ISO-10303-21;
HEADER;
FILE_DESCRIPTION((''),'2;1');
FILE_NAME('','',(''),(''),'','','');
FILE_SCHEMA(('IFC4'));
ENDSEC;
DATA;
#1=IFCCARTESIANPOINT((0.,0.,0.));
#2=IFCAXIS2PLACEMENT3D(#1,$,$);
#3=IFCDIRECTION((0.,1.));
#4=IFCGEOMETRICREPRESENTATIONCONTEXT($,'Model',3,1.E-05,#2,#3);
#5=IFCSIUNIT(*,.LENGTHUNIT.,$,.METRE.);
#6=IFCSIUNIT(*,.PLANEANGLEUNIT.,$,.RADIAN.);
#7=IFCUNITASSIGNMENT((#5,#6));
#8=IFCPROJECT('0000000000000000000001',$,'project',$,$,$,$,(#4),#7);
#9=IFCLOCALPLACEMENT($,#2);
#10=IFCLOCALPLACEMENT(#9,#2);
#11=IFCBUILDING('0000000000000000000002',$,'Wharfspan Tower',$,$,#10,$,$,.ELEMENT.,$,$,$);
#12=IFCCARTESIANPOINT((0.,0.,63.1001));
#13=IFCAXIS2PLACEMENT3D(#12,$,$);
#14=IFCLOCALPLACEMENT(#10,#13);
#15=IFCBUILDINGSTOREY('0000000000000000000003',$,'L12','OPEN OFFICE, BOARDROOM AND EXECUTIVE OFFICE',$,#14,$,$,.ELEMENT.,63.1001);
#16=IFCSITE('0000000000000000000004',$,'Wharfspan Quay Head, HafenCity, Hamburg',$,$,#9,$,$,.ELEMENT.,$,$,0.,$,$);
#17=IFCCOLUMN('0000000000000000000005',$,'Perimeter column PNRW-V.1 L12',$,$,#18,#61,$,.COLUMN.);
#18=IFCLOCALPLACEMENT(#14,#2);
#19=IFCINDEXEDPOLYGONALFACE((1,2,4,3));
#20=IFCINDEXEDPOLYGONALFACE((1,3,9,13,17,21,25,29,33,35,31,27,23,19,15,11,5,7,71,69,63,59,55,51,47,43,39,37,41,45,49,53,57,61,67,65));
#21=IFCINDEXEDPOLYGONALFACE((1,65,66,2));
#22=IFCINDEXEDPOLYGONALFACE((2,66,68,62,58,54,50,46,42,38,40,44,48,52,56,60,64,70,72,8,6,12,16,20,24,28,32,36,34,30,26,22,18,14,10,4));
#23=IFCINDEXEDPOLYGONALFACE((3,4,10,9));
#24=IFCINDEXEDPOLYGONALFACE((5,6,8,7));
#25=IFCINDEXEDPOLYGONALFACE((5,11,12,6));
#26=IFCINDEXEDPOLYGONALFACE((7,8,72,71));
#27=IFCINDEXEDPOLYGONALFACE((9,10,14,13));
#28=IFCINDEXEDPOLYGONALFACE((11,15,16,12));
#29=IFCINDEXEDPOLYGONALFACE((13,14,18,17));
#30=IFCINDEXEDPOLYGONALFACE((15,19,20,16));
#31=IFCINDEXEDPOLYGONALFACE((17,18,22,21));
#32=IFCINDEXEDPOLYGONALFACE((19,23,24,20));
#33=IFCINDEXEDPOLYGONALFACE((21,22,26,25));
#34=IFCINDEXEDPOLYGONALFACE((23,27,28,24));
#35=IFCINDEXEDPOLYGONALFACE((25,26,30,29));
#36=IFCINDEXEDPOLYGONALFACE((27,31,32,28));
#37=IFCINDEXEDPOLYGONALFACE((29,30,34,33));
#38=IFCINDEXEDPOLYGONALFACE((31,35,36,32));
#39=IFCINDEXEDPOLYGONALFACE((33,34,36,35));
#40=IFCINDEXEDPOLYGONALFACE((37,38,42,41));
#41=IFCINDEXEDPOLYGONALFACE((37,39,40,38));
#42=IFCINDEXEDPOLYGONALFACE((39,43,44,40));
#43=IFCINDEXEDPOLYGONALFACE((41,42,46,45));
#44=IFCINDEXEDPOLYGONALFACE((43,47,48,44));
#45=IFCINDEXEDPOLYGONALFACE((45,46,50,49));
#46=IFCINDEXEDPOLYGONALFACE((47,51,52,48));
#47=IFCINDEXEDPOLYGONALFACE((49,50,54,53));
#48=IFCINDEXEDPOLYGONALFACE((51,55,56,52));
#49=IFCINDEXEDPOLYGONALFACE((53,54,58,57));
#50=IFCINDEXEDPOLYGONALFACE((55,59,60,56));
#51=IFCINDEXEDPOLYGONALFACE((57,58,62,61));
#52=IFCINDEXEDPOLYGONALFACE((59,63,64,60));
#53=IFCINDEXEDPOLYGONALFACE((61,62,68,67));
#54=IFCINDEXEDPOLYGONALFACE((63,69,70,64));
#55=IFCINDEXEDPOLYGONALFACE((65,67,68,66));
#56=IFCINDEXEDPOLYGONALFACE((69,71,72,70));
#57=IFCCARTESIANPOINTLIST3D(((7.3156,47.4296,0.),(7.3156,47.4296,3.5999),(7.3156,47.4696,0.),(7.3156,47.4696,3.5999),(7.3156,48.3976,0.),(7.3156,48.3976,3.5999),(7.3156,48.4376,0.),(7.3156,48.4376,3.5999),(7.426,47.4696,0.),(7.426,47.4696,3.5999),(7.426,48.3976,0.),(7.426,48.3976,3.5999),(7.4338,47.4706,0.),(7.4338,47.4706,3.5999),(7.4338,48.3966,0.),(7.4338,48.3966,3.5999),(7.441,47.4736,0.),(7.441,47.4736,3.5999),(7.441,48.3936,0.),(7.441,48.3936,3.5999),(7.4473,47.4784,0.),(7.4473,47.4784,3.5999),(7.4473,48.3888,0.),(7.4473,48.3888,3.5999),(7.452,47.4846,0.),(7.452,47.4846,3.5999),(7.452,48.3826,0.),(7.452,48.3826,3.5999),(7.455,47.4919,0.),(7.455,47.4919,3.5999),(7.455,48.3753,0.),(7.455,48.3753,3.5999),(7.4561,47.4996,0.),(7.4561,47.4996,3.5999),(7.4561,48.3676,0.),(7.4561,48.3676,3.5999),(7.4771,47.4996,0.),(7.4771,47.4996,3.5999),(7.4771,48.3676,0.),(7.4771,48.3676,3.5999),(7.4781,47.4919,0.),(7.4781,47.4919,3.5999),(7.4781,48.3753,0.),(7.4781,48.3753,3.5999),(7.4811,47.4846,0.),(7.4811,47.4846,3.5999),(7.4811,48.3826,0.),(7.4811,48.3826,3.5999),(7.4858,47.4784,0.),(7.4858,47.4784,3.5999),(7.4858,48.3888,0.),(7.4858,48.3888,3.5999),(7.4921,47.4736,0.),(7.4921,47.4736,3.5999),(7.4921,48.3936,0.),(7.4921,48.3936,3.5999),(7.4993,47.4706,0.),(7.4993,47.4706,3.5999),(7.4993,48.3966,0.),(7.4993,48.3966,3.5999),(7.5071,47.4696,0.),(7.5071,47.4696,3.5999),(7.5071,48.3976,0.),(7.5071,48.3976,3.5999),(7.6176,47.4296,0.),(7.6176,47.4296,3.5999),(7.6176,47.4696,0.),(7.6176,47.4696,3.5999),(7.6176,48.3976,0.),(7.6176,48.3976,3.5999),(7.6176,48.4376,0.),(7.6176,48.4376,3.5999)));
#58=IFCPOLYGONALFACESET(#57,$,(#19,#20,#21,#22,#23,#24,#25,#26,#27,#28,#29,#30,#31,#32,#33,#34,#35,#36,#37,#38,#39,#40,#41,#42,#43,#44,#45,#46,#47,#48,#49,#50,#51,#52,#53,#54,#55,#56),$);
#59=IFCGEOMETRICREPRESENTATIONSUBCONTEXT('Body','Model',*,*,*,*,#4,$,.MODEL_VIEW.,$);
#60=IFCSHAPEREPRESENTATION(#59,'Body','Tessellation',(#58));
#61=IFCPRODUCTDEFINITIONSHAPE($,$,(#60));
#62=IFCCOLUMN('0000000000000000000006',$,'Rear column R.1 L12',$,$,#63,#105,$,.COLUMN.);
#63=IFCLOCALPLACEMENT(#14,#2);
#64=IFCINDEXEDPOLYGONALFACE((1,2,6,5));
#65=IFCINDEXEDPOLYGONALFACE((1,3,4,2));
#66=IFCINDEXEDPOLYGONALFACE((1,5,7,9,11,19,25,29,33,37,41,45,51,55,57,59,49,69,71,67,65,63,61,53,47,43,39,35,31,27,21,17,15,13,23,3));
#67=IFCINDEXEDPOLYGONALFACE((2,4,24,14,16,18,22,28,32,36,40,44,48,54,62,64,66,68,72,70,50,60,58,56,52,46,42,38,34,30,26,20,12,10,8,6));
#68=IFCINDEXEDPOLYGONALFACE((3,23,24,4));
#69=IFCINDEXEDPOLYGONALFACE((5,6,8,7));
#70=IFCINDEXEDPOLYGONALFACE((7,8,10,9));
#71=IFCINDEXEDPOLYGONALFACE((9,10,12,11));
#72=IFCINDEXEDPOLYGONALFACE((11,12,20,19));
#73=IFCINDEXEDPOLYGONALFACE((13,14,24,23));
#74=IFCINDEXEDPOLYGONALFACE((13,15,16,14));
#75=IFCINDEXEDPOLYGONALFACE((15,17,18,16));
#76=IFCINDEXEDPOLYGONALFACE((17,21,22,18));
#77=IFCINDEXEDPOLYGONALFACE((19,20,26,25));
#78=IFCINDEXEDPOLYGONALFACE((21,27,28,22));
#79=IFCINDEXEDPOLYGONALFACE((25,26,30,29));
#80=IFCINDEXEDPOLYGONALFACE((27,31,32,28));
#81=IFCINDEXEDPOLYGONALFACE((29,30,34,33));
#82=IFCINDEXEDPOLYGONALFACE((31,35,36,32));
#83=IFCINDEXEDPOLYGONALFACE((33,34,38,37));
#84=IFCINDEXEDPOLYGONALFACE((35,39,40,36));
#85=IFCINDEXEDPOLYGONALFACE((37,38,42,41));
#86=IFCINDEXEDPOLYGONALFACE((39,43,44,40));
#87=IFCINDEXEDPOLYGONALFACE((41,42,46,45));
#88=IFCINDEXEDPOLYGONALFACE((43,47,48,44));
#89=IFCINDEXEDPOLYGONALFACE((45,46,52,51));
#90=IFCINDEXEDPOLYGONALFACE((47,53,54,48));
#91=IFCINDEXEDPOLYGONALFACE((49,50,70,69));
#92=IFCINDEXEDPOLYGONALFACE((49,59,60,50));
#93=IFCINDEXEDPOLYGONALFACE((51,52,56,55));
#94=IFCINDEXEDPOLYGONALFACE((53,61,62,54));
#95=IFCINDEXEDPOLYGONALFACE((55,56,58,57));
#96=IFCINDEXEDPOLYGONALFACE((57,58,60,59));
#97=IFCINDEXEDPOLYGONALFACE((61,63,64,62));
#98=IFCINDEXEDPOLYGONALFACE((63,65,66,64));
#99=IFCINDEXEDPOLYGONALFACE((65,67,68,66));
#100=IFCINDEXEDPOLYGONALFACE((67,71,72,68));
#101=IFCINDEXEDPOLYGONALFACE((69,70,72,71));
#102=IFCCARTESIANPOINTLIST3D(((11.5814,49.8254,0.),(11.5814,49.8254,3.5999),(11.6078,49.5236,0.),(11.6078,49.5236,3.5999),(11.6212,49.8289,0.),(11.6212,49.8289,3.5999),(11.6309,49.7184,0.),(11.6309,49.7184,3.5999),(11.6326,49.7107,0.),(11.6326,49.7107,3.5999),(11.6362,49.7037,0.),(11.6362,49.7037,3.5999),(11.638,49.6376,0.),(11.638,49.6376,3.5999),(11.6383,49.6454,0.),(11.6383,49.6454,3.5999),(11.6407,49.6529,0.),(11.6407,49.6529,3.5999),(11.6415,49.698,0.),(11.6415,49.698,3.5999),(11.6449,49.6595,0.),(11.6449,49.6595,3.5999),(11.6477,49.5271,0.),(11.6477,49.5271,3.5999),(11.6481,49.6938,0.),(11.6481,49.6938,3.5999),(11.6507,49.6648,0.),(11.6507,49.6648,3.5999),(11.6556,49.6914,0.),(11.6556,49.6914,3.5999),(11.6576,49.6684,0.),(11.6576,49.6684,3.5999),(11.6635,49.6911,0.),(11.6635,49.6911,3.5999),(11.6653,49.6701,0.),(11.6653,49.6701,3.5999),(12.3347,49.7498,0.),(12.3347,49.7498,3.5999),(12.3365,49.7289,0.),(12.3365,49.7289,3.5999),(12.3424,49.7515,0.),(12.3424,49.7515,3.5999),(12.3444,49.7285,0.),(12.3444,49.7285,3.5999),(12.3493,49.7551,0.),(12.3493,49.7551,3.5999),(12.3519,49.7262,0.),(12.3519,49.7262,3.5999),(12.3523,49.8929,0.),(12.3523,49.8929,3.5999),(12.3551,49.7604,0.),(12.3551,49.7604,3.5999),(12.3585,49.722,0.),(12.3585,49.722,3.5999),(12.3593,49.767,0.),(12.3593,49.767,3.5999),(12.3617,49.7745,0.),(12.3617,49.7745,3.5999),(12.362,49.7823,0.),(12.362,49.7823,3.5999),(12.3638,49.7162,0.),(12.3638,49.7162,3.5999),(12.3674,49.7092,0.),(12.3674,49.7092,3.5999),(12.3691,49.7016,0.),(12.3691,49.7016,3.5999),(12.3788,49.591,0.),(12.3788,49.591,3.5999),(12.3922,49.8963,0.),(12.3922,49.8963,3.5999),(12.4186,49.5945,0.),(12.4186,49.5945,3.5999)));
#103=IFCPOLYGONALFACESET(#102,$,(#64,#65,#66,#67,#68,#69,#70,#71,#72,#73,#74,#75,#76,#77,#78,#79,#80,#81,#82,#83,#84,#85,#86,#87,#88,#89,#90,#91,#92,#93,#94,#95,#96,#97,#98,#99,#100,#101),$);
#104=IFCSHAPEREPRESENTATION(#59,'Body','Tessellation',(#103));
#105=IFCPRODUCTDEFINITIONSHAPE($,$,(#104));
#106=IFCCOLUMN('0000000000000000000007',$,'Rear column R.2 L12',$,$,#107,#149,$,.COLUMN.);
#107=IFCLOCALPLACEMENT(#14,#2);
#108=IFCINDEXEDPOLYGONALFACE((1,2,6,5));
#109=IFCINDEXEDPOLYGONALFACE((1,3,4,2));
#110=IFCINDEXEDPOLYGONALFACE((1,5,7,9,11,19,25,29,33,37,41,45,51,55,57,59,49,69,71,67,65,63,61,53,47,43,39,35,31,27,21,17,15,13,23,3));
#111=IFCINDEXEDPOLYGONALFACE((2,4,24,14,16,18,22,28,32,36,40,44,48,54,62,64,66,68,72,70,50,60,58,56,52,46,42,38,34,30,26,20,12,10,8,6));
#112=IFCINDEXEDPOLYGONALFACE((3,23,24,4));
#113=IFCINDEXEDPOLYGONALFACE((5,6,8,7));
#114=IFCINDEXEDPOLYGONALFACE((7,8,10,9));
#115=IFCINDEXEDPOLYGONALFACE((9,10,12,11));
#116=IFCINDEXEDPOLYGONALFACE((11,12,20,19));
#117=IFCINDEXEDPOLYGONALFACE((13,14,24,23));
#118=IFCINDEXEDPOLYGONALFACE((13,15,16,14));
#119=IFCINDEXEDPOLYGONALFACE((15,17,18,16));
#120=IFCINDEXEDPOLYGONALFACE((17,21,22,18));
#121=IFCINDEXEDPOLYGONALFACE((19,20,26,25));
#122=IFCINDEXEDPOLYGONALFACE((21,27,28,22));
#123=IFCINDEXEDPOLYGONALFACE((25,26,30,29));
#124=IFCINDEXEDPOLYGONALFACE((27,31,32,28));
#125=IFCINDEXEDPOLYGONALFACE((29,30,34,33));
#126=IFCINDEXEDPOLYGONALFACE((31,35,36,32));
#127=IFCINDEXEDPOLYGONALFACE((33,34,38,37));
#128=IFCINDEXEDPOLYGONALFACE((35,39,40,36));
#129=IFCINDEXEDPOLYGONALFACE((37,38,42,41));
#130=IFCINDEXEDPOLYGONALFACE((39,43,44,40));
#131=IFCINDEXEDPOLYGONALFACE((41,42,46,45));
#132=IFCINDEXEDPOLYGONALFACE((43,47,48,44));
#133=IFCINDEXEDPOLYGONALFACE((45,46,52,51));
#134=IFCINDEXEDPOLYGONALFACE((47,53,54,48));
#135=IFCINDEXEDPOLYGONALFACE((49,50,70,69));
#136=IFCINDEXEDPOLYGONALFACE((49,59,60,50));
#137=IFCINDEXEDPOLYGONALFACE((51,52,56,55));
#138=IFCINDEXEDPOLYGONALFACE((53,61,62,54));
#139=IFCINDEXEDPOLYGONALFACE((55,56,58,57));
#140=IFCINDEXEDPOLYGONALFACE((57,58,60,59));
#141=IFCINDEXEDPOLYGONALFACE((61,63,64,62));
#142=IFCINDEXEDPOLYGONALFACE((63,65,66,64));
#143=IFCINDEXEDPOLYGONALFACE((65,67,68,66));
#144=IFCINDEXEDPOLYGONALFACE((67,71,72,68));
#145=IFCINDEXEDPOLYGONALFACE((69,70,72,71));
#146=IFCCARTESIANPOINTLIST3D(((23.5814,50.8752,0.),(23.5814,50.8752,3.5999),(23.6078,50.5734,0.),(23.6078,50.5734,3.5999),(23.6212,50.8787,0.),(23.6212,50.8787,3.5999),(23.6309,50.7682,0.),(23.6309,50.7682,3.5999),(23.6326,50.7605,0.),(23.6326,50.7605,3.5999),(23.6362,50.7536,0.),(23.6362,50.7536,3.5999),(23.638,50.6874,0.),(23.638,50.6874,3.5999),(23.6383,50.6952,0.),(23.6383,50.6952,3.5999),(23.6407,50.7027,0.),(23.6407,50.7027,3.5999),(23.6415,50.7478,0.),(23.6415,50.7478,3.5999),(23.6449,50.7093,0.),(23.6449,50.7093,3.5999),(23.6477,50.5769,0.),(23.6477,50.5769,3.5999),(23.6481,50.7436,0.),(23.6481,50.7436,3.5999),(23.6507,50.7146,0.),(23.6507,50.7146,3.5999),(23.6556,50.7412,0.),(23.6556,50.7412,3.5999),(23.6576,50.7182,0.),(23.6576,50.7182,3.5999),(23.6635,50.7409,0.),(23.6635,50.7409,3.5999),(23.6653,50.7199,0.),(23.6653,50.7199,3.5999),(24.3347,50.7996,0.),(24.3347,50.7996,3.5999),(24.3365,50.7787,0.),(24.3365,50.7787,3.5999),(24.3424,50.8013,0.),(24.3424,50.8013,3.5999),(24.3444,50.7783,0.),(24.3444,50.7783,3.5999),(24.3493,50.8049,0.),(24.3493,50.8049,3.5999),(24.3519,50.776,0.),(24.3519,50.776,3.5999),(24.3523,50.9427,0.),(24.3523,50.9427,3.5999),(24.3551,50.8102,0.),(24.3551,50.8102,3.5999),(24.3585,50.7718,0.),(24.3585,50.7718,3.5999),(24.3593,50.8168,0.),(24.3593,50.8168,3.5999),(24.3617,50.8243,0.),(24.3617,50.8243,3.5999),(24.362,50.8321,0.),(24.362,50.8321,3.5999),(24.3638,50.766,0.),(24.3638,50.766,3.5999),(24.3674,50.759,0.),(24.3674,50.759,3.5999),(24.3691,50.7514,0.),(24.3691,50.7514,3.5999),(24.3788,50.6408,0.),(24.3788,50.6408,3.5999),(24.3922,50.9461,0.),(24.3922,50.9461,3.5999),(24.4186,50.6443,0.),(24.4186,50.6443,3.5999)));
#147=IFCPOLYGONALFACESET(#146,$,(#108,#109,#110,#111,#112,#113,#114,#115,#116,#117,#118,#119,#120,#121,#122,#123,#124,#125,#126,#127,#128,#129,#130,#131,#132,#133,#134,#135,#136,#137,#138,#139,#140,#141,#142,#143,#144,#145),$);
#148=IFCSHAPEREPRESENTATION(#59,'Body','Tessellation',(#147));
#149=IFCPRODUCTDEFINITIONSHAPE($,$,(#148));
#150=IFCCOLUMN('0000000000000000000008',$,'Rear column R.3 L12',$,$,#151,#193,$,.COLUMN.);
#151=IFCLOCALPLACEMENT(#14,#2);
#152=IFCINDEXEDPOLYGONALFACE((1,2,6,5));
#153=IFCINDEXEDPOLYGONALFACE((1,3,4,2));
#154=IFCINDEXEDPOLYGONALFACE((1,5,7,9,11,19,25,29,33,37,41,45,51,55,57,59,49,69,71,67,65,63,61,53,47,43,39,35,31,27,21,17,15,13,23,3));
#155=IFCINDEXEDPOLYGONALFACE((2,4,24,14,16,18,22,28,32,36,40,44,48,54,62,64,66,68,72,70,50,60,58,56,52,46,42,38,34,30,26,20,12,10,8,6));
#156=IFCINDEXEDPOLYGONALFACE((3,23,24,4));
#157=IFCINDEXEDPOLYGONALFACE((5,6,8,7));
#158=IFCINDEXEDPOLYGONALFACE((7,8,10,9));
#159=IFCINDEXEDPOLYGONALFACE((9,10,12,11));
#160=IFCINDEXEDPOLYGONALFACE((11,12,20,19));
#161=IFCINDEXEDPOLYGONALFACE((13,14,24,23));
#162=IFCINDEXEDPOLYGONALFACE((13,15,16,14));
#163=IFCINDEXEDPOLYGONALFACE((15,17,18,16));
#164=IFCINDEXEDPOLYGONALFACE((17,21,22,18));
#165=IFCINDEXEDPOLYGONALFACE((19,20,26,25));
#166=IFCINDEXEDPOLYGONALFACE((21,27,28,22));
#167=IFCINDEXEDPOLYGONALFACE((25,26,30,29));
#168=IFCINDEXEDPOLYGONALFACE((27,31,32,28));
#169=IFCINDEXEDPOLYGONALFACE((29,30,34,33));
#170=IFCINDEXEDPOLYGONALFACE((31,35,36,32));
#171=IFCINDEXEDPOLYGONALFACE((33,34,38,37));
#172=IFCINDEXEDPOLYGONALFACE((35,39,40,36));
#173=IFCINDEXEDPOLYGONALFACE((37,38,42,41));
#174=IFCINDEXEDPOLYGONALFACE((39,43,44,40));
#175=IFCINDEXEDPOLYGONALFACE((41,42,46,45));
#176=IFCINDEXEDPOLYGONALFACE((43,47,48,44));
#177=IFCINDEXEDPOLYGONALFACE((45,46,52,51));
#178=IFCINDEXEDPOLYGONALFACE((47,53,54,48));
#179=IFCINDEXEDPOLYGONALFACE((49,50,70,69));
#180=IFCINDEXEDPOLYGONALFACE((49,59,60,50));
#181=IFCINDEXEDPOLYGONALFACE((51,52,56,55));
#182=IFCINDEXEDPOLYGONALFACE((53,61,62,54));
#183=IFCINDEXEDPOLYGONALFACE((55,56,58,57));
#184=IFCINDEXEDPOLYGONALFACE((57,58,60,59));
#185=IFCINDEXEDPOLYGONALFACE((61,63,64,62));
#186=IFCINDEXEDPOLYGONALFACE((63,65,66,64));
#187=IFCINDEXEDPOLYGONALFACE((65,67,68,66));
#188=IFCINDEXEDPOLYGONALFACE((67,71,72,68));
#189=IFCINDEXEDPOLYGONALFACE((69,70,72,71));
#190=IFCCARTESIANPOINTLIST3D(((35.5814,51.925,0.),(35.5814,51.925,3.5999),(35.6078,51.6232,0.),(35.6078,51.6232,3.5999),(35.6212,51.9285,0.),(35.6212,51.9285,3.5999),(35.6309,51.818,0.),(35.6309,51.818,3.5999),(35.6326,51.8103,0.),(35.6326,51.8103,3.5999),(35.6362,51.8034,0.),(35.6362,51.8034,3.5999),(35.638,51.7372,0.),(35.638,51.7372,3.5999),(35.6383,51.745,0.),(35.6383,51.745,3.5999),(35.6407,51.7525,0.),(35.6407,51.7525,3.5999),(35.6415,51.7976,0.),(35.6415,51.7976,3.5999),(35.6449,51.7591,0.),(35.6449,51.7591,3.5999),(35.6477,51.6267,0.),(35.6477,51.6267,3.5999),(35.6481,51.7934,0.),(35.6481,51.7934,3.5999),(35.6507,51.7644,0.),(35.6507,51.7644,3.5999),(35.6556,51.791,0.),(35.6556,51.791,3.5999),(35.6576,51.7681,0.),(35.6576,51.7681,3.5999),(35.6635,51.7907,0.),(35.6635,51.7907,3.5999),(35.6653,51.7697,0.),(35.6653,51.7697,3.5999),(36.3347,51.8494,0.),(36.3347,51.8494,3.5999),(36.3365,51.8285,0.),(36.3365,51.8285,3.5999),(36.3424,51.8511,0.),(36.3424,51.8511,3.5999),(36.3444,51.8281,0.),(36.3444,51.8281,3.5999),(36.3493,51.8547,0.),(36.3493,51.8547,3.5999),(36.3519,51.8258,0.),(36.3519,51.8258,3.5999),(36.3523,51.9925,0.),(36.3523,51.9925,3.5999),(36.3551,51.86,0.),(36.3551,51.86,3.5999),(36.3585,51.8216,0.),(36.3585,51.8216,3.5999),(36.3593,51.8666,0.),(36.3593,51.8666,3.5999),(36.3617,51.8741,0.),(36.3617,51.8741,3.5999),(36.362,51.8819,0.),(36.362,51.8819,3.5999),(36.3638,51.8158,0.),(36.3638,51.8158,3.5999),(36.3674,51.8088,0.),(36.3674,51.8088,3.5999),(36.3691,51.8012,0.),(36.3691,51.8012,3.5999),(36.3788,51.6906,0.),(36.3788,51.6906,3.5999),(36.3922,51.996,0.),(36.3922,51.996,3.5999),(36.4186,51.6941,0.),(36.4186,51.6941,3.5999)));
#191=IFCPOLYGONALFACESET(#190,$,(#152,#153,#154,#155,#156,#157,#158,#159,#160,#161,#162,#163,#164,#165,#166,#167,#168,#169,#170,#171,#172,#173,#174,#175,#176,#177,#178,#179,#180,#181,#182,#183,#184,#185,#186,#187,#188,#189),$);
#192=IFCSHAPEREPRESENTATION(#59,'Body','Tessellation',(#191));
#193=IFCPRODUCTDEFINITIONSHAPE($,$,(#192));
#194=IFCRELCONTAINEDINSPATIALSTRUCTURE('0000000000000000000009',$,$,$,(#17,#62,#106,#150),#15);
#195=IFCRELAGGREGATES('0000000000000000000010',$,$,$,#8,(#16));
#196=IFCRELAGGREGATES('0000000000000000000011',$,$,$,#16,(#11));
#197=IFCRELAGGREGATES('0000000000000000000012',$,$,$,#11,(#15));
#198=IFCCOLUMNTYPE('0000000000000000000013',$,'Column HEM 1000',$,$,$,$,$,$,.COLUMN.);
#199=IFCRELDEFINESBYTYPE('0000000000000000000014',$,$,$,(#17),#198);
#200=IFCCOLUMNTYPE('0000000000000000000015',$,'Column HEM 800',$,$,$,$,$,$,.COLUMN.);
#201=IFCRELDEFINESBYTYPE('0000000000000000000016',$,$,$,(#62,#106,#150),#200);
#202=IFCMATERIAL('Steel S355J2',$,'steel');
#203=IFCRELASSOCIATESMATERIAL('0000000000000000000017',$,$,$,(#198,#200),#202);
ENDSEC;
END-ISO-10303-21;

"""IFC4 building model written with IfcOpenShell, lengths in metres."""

from ifc_helpers import new_model, si_unit, direction, frame, origin, origin_2d, place, context, subcontext, project, spatial, i_section, extrude, material, material_profile, profile_set, type_object, element, save


model = new_model("IFC4")

# Units and contexts
model_context = context("Model", 3, precision=1e-05, world=origin(), true_north=direction((0.0, 1.0)))
body_context = subcontext(model_context, "Body", "Model", "MODEL_VIEW")
ifc_project = project(units=[si_unit("LENGTHUNIT", "METRE"), si_unit("PLANEANGLEUNIT", "RADIAN")], contexts=[model_context])

# Site, building, storey
site_placement = place(None, origin())
site = spatial("IfcSite", under=ifc_project, at=site_placement, Name="Wharfspan Quay Head, HafenCity, Hamburg", CompositionType="ELEMENT", RefElevation=0.0)
building_placement = place(site_placement, origin())
building = spatial("IfcBuilding", under=site, at=building_placement, Name="Wharfspan Tower", CompositionType="ELEMENT")
storey_placement = place(building_placement, frame((0.0, 0.0, 63.1001)))
storey = spatial("IfcBuildingStorey", under=building, at=storey_placement, Name="L12", Description="OPEN OFFICE, BOARDROOM AND EXECUTIVE OFFICE", CompositionType="ELEMENT", Elevation=63.1001)

# Columns
ifc_material_1 = material(Name="Steel S355J2", Category="steel")
ifc_material_profile_1 = material_profile(ifc_material_1, i_section(OverallWidth=0.302, OverallDepth=1.0081, WebThickness=0.021, FlangeThickness=0.04, FilletRadius=0.03, at=origin_2d()))
ifc_profile_set_1 = profile_set([ifc_material_profile_1], Name="Steel S355J2")
column_type_1 = type_object("IfcColumnType", Name="Column HEM 1000", PredefinedType="COLUMN", material=ifc_profile_set_1)
column_1_placement = place(storey_placement, frame((7.4666, 47.9336, 0.0), z_axis=(0.0, 0.0, 1.0), x_axis=(-1.0, 0.0, 0.0)))
element("IfcColumn", 1, at=column_1_placement, inside=storey, type_object=column_type_1, Name="Perimeter column PNRW-V.1 L12", PredefinedType="COLUMN", context=body_context, shape_type="SweptSolid", body=[
    extrude(i_section(OverallWidth=0.302, OverallDepth=1.0081, WebThickness=0.021, FlangeThickness=0.04, FilletRadius=0.03, at=origin_2d()), origin(), (0.0, 0.0, 1.0), 3.5999),
])
ifc_material_profile_2 = material_profile(ifc_material_1, i_section(OverallWidth=0.303, OverallDepth=0.814, WebThickness=0.021, FlangeThickness=0.04, FilletRadius=0.03, at=origin_2d()))
ifc_profile_set_2 = profile_set([ifc_material_profile_2], Name="Steel S355J2")
column_type_2 = type_object("IfcColumnType", Name="Column HEM 800", PredefinedType="COLUMN", material=ifc_profile_set_2)
for number, where, z_axis, x_axis, name in (
    (2, (12.0, 49.71, 0.0), (0.0, 0.0, 1.0), (-0.087156, 0.996197, 0.0), "Rear column R.1 L12"),
    (3, (24.0, 50.7598, 0.0), (0.0, 0.0, 1.0), (-0.087156, 0.996197, 0.0), "Rear column R.2 L12"),
    (4, (36.0, 51.8096, 0.0), (0.0, 0.0, 1.0), (-0.087156, 0.996197, 0.0), "Rear column R.3 L12"),
):
    element("IfcColumn", number, at=place(storey_placement, frame(where, z_axis=z_axis, x_axis=x_axis)), inside=storey, type_object=column_type_2, Name=name, PredefinedType="COLUMN", context=body_context, shape_type="SweptSolid", body=[
        extrude(i_section(OverallWidth=0.303, OverallDepth=0.814, WebThickness=0.021, FlangeThickness=0.04, FilletRadius=0.03, at=origin_2d()), origin(), (0.0, 0.0, 1.0), 3.5999),
    ])

save(model, "model.ifc")
